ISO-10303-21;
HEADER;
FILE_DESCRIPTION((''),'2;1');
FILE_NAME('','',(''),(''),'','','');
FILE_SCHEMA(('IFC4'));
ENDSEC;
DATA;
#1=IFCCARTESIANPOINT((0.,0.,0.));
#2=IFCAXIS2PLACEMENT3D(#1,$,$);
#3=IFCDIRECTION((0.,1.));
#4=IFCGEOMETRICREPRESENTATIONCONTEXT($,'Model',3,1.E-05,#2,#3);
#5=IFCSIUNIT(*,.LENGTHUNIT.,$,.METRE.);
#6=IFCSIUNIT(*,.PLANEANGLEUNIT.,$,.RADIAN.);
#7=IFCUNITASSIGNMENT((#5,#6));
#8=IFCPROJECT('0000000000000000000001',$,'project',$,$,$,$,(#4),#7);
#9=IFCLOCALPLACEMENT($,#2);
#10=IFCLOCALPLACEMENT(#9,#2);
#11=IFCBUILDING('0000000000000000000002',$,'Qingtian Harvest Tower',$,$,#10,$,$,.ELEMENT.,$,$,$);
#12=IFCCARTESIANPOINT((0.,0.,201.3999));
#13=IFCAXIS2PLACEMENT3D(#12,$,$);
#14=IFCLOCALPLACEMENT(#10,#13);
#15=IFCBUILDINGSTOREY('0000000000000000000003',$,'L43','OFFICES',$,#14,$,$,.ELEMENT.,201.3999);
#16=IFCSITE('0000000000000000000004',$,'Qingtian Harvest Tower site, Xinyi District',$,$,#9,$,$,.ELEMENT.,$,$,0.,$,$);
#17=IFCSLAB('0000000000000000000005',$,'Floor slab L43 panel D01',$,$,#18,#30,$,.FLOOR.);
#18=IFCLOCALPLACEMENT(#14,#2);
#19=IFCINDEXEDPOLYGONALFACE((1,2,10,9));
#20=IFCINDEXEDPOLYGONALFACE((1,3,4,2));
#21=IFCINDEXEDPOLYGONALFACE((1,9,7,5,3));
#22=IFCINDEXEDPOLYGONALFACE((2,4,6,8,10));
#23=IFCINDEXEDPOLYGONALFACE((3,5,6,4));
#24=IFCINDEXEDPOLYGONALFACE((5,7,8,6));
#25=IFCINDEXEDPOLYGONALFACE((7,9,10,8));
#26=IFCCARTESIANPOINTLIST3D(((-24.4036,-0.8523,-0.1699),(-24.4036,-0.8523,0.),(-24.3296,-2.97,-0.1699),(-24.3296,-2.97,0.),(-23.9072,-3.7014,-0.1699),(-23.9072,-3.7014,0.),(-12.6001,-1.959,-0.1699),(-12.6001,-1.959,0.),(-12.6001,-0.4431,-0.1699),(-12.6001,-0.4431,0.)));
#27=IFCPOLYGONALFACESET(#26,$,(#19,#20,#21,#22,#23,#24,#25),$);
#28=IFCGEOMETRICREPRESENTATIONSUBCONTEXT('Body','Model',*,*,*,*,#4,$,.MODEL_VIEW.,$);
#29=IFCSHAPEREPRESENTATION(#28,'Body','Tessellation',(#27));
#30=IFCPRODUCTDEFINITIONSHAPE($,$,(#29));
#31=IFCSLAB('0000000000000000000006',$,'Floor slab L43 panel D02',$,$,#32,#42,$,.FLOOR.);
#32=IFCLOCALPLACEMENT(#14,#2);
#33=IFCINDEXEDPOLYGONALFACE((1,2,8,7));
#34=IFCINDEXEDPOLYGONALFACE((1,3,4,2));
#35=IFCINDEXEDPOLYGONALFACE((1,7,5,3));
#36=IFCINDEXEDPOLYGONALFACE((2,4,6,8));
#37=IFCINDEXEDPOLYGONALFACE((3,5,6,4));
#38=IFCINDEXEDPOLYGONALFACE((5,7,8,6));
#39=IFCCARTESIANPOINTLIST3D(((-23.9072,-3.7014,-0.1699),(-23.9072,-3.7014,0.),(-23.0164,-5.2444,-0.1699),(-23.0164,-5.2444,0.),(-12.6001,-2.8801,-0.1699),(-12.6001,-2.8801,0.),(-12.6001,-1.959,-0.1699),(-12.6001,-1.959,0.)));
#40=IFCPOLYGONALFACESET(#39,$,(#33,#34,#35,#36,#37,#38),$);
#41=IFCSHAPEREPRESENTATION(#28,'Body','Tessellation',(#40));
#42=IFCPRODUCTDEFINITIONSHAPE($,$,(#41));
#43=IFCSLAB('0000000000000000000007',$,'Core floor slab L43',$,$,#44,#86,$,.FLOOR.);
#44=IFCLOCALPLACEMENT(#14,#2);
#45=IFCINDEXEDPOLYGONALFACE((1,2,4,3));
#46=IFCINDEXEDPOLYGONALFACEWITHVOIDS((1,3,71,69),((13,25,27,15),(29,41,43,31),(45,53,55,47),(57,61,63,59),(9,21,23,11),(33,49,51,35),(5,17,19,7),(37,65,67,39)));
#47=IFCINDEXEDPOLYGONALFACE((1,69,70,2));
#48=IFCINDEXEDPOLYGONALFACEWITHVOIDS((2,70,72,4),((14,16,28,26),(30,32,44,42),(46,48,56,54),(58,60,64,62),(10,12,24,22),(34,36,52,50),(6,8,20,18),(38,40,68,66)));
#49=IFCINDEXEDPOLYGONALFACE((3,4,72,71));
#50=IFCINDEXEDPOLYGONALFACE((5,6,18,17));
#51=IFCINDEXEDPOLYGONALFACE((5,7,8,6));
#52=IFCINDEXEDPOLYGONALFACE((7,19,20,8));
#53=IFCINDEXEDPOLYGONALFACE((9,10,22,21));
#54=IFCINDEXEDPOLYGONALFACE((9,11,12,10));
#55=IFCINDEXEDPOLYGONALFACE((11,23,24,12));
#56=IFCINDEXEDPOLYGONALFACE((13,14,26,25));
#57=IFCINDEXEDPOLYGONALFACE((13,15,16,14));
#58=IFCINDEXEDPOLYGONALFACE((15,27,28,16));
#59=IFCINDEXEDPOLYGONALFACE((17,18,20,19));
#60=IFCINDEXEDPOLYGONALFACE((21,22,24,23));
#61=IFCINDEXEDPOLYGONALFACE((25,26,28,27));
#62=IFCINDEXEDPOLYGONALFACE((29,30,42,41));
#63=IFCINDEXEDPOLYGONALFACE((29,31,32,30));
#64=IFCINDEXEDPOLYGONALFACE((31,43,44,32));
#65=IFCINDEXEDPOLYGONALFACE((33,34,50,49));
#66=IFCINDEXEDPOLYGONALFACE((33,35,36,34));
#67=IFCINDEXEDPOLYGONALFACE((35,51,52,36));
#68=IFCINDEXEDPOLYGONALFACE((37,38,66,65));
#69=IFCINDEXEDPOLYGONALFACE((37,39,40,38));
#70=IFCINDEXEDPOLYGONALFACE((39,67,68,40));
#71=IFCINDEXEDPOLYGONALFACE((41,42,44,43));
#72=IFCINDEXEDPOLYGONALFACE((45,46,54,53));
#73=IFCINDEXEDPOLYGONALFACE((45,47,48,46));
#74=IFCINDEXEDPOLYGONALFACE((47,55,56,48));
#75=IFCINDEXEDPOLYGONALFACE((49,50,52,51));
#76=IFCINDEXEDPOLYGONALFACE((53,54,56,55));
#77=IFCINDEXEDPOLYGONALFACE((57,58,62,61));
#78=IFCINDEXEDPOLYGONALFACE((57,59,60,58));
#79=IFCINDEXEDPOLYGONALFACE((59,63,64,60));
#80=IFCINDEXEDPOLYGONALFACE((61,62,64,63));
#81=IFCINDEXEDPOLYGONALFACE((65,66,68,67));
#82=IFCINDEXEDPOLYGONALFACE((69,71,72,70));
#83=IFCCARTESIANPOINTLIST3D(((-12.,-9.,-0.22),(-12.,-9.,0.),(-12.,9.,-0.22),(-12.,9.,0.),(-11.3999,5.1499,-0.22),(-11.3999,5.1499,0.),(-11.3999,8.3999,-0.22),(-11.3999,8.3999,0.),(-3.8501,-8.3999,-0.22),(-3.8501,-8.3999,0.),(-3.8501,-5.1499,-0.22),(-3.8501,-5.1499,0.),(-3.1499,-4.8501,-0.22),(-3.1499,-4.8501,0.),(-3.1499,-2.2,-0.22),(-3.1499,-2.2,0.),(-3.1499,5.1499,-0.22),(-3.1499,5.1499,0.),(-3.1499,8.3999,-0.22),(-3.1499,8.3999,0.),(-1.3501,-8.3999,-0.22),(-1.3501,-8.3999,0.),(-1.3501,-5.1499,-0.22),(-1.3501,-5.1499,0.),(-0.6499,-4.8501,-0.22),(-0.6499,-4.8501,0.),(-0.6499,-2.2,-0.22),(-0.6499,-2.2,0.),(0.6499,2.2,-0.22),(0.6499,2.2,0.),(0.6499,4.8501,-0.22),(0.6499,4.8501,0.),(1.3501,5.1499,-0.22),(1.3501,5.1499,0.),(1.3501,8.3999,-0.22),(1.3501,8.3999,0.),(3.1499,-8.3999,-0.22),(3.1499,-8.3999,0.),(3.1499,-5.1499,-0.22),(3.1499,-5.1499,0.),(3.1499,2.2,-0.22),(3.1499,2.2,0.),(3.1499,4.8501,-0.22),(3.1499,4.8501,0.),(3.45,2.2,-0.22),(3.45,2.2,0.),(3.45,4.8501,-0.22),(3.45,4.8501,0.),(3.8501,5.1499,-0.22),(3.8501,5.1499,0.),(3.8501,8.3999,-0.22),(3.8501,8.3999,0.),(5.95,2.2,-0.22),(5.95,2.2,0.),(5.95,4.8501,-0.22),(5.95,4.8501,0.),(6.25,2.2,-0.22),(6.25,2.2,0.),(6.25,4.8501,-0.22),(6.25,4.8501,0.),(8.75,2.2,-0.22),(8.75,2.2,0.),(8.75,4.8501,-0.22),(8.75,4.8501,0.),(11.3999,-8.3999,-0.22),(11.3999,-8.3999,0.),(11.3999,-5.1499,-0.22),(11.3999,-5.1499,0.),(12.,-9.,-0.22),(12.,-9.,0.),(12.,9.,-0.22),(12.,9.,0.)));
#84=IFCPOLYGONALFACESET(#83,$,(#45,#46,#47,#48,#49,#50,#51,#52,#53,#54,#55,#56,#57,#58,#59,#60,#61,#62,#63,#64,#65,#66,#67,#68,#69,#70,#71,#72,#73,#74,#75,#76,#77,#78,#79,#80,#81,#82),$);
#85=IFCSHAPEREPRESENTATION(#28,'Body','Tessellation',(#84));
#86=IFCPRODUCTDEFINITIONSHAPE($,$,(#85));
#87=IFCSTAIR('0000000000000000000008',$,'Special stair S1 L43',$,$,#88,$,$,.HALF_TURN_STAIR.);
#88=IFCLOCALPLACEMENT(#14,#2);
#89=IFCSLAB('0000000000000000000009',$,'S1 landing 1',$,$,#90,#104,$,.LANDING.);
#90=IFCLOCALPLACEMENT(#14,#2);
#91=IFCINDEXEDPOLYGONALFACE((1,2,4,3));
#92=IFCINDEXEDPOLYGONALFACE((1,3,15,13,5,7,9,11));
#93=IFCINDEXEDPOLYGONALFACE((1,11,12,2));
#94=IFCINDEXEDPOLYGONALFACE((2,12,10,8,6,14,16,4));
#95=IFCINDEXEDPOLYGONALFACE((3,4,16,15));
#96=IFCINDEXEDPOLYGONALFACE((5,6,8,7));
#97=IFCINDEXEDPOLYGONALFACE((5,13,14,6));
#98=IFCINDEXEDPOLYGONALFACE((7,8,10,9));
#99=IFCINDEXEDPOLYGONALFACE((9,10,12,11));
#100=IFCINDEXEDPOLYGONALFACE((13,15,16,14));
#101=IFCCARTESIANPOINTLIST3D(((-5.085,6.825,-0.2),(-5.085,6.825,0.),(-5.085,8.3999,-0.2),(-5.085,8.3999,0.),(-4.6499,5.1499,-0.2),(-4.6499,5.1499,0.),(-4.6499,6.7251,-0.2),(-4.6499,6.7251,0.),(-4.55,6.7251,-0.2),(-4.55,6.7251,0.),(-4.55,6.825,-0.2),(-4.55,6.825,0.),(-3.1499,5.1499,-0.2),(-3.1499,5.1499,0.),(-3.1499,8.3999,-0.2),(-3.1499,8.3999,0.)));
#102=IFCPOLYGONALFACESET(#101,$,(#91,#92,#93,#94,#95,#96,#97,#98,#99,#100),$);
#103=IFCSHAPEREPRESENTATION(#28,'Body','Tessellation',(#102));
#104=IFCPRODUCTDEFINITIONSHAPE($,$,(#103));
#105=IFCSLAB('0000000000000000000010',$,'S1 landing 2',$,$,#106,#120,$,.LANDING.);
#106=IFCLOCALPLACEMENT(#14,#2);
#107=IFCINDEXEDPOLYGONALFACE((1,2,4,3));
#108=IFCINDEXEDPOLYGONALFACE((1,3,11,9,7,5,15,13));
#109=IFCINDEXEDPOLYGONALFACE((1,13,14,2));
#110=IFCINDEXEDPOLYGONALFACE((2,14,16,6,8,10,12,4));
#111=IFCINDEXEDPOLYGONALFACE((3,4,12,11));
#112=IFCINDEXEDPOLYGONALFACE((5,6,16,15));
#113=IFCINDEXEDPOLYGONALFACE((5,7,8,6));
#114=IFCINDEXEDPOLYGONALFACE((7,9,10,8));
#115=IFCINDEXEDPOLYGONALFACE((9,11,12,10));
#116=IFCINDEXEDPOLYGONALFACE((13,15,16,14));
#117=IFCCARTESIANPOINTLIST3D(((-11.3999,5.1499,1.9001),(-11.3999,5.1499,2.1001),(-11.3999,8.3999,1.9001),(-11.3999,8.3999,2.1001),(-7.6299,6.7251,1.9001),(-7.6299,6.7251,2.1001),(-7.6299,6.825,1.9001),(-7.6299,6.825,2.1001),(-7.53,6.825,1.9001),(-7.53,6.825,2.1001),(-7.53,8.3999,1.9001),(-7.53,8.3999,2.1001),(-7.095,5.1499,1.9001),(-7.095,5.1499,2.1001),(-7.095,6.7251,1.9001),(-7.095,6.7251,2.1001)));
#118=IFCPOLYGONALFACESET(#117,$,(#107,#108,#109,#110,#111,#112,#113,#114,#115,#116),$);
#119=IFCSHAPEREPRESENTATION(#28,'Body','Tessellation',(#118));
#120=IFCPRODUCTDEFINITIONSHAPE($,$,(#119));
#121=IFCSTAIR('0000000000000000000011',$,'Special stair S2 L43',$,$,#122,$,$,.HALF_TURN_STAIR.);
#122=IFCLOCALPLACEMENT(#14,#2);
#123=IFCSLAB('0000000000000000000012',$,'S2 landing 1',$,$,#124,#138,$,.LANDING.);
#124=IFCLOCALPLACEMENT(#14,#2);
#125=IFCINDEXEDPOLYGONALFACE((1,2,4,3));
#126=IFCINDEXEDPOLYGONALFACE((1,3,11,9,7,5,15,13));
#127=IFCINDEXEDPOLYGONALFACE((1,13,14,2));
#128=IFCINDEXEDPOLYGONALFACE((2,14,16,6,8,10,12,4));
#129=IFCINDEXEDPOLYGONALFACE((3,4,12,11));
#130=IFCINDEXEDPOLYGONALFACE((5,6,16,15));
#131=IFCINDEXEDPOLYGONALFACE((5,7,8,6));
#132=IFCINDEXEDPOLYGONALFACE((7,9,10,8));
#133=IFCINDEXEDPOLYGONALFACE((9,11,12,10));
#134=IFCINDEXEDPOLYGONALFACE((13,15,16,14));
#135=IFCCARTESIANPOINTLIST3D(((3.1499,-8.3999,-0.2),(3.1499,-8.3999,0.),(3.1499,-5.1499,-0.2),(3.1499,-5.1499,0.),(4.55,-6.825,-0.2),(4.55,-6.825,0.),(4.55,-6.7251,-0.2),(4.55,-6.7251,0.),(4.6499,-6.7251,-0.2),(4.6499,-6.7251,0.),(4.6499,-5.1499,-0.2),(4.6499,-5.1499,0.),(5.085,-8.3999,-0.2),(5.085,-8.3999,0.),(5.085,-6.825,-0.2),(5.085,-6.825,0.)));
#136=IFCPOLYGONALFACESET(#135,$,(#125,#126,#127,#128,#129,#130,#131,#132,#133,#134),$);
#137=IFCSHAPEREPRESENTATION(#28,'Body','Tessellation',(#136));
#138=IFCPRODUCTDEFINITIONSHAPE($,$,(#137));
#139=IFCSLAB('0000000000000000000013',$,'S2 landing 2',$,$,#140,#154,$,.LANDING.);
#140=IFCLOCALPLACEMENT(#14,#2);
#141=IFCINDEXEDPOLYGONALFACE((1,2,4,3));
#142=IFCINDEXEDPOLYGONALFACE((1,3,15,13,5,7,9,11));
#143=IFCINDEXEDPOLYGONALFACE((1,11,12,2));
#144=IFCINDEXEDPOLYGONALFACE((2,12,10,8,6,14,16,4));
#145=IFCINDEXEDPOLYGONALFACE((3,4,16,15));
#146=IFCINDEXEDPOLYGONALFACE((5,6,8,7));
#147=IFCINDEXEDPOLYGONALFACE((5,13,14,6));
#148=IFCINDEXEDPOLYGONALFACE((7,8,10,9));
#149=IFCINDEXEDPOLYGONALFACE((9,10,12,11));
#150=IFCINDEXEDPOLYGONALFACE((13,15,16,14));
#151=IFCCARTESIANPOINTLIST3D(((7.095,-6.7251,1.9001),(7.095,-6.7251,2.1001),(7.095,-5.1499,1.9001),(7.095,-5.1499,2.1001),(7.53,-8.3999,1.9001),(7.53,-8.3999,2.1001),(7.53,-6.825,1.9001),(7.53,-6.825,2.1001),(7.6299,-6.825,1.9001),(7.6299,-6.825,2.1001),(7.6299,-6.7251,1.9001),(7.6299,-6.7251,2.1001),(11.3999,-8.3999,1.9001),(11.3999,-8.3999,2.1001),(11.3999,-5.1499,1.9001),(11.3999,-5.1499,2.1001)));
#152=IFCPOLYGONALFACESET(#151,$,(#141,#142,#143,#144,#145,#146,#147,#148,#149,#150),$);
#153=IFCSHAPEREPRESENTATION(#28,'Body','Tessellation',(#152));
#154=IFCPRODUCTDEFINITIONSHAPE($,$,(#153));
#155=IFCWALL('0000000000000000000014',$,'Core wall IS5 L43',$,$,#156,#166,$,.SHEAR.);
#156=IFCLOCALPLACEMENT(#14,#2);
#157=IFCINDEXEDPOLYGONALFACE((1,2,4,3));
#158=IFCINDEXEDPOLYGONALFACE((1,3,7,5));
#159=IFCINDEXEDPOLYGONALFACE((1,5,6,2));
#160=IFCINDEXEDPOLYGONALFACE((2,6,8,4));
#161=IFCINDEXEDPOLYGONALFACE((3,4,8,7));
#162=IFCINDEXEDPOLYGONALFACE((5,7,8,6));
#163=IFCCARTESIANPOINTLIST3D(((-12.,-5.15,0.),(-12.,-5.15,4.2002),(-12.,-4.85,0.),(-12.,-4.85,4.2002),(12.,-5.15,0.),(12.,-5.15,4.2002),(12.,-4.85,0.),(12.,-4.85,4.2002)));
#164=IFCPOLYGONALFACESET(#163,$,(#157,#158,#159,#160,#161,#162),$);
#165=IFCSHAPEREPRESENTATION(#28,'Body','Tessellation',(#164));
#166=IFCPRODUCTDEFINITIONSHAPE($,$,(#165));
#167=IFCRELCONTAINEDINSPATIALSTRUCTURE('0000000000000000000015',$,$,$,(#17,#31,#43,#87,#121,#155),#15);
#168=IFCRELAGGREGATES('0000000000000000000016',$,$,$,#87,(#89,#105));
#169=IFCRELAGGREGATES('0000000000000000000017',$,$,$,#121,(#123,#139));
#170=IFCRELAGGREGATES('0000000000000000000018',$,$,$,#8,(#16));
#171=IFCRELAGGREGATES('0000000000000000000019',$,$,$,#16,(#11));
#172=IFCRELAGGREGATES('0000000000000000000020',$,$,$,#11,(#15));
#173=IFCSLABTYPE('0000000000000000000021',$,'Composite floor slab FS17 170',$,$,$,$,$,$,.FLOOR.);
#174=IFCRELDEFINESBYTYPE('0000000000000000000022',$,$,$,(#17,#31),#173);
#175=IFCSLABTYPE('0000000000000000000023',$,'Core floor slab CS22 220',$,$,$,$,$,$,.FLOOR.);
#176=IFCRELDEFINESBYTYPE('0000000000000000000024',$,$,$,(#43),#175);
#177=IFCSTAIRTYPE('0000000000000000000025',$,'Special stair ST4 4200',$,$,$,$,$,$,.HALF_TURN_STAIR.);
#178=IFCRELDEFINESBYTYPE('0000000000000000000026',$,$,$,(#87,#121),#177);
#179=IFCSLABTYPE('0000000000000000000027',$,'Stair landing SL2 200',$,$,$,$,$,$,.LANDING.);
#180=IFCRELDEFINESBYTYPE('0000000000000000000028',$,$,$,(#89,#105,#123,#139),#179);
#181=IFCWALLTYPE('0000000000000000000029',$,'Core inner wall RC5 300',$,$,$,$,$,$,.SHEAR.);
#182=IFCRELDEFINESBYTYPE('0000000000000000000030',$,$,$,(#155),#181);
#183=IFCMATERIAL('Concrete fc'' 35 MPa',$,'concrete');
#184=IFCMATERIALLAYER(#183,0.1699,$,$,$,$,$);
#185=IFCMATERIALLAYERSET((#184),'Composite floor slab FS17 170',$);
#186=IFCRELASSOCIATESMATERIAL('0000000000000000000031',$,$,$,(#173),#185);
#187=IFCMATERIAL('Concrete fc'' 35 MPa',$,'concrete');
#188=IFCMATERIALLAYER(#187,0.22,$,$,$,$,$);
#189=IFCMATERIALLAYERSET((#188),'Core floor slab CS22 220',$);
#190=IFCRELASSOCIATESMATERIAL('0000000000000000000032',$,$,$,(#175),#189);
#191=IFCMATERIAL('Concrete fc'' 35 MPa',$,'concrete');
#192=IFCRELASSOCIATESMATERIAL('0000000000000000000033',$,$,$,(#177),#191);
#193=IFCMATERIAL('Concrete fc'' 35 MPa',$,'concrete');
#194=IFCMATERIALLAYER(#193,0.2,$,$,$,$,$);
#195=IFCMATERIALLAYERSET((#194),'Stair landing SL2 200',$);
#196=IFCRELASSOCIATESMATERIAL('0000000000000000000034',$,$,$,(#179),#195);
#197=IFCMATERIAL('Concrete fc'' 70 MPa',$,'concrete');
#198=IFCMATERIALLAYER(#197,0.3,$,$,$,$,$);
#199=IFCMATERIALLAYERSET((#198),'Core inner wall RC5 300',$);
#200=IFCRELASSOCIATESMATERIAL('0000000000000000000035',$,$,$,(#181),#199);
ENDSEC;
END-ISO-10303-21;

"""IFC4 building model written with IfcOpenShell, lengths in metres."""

from ifc_helpers import new_model, si_unit, direction, frame, frame_2d, origin, place, context, subcontext, project, spatial, polyline, rectangle, outline, extrude, material, layer, layer_set, type_object, element, aggregate, save


model = new_model("IFC4")

# Units and contexts
model_context = context("Model", 3, precision=1e-05, world=origin(), true_north=direction((0.0, 1.0)))
body_context = subcontext(model_context, "Body", "Model", "MODEL_VIEW")
ifc_project = project(units=[si_unit("LENGTHUNIT", "METRE"), si_unit("PLANEANGLEUNIT", "RADIAN")], contexts=[model_context])

# Site, building, storey
site_placement = place(None, origin())
site = spatial("IfcSite", under=ifc_project, at=site_placement, Name="Qingtian Harvest Tower site, Xinyi District", CompositionType="ELEMENT", RefElevation=0.0)
building_placement = place(site_placement, origin())
building = spatial("IfcBuilding", under=site, at=building_placement, Name="Qingtian Harvest Tower", CompositionType="ELEMENT")
storey_placement = place(building_placement, frame((0.0, 0.0, 201.3999)))
storey = spatial("IfcBuildingStorey", under=building, at=storey_placement, Name="L43", Description="OFFICES", CompositionType="ELEMENT", Elevation=201.3999)

# Slabs
ifc_material_1 = material(Name="Concrete fc' 35 MPa", Category="concrete")
ifc_layer_1 = layer(ifc_material_1, 0.1699)
ifc_layer_set_1 = layer_set([ifc_layer_1], Name="Composite floor slab FS17 170")
slab_type_1 = type_object("IfcSlabType", Name="Composite floor slab FS17 170", PredefinedType="FLOOR", material=ifc_layer_set_1)
slab_1_placement = place(storey_placement, frame((0.0, 0.0, -0.1699)))
element("IfcSlab", 1, at=slab_1_placement, inside=storey, type_object=slab_type_1, Name="Floor slab L43 panel D01", PredefinedType="FLOOR", context=body_context, shape_type="SweptSolid", body=[
    extrude(outline(polyline([(-24.4036, -0.8523), (-12.6001, -0.4431), (-12.6001, -1.959), (-23.9072, -3.7014), (-24.3296, -2.97), (-24.4036, -0.8523)])), origin(), (0.0, 0.0, 1.0), 0.1699),
])
slab_2_placement = place(storey_placement, frame((0.0, 0.0, -0.1699)))
element("IfcSlab", 2, at=slab_2_placement, inside=storey, type_object=slab_type_1, Name="Floor slab L43 panel D02", PredefinedType="FLOOR", context=body_context, shape_type="SweptSolid", body=[
    extrude(outline(polyline([(-12.6001, -2.8801), (-23.0164, -5.2444), (-23.9072, -3.7014), (-12.6001, -1.959), (-12.6001, -2.8801)])), origin(), (0.0, 0.0, 1.0), 0.1699),
])
ifc_material_2 = material(Name="Concrete fc' 35 MPa", Category="concrete")
ifc_layer_2 = layer(ifc_material_2, 0.22)
ifc_layer_set_2 = layer_set([ifc_layer_2], Name="Core floor slab CS22 220")
slab_type_2 = type_object("IfcSlabType", Name="Core floor slab CS22 220", PredefinedType="FLOOR", material=ifc_layer_set_2)
slab_3_placement = place(storey_placement, frame((0.0, 0.0, -0.22)))
element("IfcSlab", 3, at=slab_3_placement, inside=storey, type_object=slab_type_2, Name="Core floor slab L43", PredefinedType="FLOOR", context=body_context, shape_type="SweptSolid", body=[
    extrude(outline(polyline([(-12.0, -9.0), (12.0, -9.0), (12.0, 9.0), (-12.0, 9.0), (-12.0, -9.0)]), holes=[polyline([(-11.3999, 5.1499), (-3.1499, 5.1499), (-3.1499, 8.3999), (-11.3999, 8.3999), (-11.3999, 5.1499)]), polyline([(3.1499, -8.3999), (11.3999, -8.3999), (11.3999, -5.1499), (3.1499, -5.1499), (3.1499, -8.3999)]), polyline([(1.3501, 5.1499), (3.8501, 5.1499), (3.8501, 8.3999), (1.3501, 8.3999), (1.3501, 5.1499)]), polyline([(-3.8501, -8.3999), (-1.3501, -8.3999), (-1.3501, -5.1499), (-3.8501, -5.1499), (-3.8501, -8.3999)]), polyline([(0.6499, 2.2), (3.1499, 2.2), (3.1499, 4.8501), (0.6499, 4.8501), (0.6499, 2.2)]), polyline([(3.45, 2.2), (5.95, 2.2), (5.95, 4.8501), (3.45, 4.8501), (3.45, 2.2)]), polyline([(6.25, 2.2), (8.75, 2.2), (8.75, 4.8501), (6.25, 4.8501), (6.25, 2.2)]), polyline([(-3.1499, -4.8501), (-0.6499, -4.8501), (-0.6499, -2.2), (-3.1499, -2.2), (-3.1499, -4.8501)])]), origin(), (0.0, 0.0, 1.0), 0.22),
])

# Stairs, slabs
ifc_material_3 = material(Name="Concrete fc' 35 MPa", Category="concrete")
stair_type = type_object("IfcStairType", Name="Special stair ST4 4200", PredefinedType="HALF_TURN_STAIR", material=ifc_material_3)
stair_1_placement = place(storey_placement, origin())
stair_1 = element("IfcStair", 4, at=stair_1_placement, inside=storey, type_object=stair_type, Name="Special stair S1 L43", PredefinedType="HALF_TURN_STAIR")
ifc_material_4 = material(Name="Concrete fc' 35 MPa", Category="concrete")
ifc_layer_3 = layer(ifc_material_4, 0.2)
ifc_layer_set_3 = layer_set([ifc_layer_3], Name="Stair landing SL2 200")
slab_type_3 = type_object("IfcSlabType", Name="Stair landing SL2 200", PredefinedType="LANDING", material=ifc_layer_set_3)
slab_4_placement = place(storey_placement, frame((0.0, 0.0, -0.2)))
slab_4 = element("IfcSlab", 5, at=slab_4_placement, type_object=slab_type_3, Name="S1 landing 1", PredefinedType="LANDING", context=body_context, shape_type="SweptSolid", body=[
    extrude(outline(polyline([(-4.6499, 5.1499), (-4.6499, 6.7251), (-4.55, 6.7251), (-4.55, 6.825), (-5.085, 6.825), (-5.085, 8.3999), (-3.1499, 8.3999), (-3.1499, 5.1499), (-4.6499, 5.1499)])), origin(), (0.0, 0.0, 1.0), 0.2),
])
slab_5_placement = place(storey_placement, frame((0.0, 0.0, 1.9001)))
slab_5 = element("IfcSlab", 6, at=slab_5_placement, type_object=slab_type_3, Name="S1 landing 2", PredefinedType="LANDING", context=body_context, shape_type="SweptSolid", body=[
    extrude(outline(polyline([(-7.095, 5.1499), (-11.3999, 5.1499), (-11.3999, 8.3999), (-7.53, 8.3999), (-7.53, 6.825), (-7.6299, 6.825), (-7.6299, 6.7251), (-7.095, 6.7251), (-7.095, 5.1499)])), origin(), (0.0, 0.0, 1.0), 0.2),
])
aggregate(stair_1, [slab_4, slab_5])
stair_2_placement = place(storey_placement, origin())
stair_2 = element("IfcStair", 7, at=stair_2_placement, inside=storey, type_object=stair_type, Name="Special stair S2 L43", PredefinedType="HALF_TURN_STAIR")
slab_6_placement = place(storey_placement, frame((0.0, 0.0, -0.2)))
slab_6 = element("IfcSlab", 8, at=slab_6_placement, type_object=slab_type_3, Name="S2 landing 1", PredefinedType="LANDING", context=body_context, shape_type="SweptSolid", body=[
    extrude(outline(polyline([(5.085, -8.3999), (3.1499, -8.3999), (3.1499, -5.1499), (4.6499, -5.1499), (4.6499, -6.7251), (4.55, -6.7251), (4.55, -6.825), (5.085, -6.825), (5.085, -8.3999)])), origin(), (0.0, 0.0, 1.0), 0.2),
])
slab_7_placement = place(storey_placement, frame((0.0, 0.0, 1.9001)))
slab_7 = element("IfcSlab", 9, at=slab_7_placement, type_object=slab_type_3, Name="S2 landing 2", PredefinedType="LANDING", context=body_context, shape_type="SweptSolid", body=[
    extrude(outline(polyline([(7.53, -8.3999), (7.53, -6.825), (7.6299, -6.825), (7.6299, -6.7251), (7.095, -6.7251), (7.095, -5.1499), (11.3999, -5.1499), (11.3999, -8.3999), (7.53, -8.3999)])), origin(), (0.0, 0.0, 1.0), 0.2),
])
aggregate(stair_2, [slab_6, slab_7])

# Wall
ifc_material_5 = material(Name="Concrete fc' 70 MPa", Category="concrete")
ifc_layer_4 = layer(ifc_material_5, 0.3)
ifc_layer_set_4 = layer_set([ifc_layer_4], Name="Core inner wall RC5 300")
wall_type_1 = type_object("IfcWallType", Name="Core inner wall RC5 300", PredefinedType="SHEAR", material=ifc_layer_set_4)
wall_1_placement = place(storey_placement, frame((-12.0, -5.0, 0.0), z_axis=(0.0, 0.0, 1.0), x_axis=(1.0, 0.0, 0.0)))
element("IfcWall", 10, at=wall_1_placement, inside=storey, type_object=wall_type_1, Name="Core wall IS5 L43", PredefinedType="SHEAR", context=body_context, shape_type="SweptSolid", body=[
    extrude(rectangle(XDim=24.0, YDim=0.3, at=frame_2d((12.0, 0.0))), origin(), (0.0, 0.0, 1.0), 4.2002),
])

save(model, "model.ifc")
